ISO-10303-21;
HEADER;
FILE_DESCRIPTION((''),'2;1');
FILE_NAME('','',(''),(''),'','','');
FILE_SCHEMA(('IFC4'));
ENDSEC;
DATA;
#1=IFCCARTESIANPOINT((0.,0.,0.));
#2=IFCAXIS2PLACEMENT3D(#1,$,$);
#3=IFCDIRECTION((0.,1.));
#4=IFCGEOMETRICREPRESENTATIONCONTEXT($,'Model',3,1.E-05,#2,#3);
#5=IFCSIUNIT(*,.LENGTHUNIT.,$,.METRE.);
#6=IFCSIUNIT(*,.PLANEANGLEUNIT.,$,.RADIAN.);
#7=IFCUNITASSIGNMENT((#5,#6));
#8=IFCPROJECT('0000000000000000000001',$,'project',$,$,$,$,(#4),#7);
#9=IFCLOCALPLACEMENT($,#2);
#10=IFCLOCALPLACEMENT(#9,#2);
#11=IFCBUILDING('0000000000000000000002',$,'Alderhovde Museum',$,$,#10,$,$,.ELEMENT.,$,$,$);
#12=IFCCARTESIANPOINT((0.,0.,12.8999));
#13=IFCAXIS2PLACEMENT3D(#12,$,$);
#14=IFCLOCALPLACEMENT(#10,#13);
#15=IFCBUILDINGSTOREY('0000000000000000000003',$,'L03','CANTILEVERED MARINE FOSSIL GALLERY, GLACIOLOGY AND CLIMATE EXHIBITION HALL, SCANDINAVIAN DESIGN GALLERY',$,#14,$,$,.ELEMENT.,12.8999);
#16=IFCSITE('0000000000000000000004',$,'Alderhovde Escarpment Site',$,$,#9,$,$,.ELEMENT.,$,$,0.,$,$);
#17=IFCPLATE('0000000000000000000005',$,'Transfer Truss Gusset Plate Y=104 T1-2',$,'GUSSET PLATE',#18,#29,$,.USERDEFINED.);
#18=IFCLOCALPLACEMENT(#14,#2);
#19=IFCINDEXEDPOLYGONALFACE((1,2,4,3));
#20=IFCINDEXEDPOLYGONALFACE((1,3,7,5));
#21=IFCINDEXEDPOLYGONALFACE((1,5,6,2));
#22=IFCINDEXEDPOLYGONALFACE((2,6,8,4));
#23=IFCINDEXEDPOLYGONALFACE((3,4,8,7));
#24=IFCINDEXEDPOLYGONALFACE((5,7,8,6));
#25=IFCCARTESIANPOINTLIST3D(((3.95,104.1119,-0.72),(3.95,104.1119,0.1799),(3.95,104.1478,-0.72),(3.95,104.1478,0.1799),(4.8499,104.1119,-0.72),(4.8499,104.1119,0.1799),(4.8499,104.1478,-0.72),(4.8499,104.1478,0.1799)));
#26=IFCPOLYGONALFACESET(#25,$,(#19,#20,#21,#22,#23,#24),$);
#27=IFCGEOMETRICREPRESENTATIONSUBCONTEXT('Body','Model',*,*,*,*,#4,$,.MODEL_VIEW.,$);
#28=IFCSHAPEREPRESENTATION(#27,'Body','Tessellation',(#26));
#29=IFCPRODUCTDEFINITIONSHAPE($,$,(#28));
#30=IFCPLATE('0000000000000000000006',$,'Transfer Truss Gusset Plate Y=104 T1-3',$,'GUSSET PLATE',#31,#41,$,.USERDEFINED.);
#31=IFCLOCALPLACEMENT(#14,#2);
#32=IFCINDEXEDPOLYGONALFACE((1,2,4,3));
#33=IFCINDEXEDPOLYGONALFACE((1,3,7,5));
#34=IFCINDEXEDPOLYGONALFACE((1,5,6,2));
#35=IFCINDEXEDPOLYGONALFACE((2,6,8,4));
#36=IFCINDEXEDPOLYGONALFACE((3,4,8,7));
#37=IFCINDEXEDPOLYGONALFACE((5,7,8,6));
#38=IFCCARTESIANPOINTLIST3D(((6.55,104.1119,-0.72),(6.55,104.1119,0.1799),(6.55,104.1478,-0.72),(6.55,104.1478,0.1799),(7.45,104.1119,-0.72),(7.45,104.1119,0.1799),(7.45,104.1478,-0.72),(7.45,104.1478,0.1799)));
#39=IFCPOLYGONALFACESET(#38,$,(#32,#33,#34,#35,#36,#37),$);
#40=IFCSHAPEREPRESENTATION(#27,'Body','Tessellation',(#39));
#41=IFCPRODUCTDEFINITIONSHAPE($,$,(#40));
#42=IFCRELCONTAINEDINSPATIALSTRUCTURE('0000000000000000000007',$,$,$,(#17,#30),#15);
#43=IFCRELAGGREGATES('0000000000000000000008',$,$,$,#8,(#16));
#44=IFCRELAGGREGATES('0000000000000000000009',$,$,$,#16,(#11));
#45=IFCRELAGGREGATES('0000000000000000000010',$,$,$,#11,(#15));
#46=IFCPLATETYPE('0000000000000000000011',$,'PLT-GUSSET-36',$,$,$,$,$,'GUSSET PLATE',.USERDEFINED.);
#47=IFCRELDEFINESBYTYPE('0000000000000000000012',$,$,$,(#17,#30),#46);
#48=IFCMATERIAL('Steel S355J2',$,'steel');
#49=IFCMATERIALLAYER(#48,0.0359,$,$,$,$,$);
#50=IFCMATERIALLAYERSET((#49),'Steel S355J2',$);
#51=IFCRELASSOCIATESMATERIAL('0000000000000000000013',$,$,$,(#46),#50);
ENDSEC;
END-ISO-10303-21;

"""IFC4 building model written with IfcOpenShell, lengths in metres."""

from ifc_helpers import new_model, si_unit, direction, frame, origin, origin_2d, place, context, subcontext, project, spatial, rectangle, extrude, material, layer, layer_set, type_object, element, save


model = new_model("IFC4")

# Units and contexts
model_context = context("Model", 3, precision=1e-05, world=origin(), true_north=direction((0.0, 1.0)))
body_context = subcontext(model_context, "Body", "Model", "MODEL_VIEW")
ifc_project = project(units=[si_unit("LENGTHUNIT", "METRE"), si_unit("PLANEANGLEUNIT", "RADIAN")], contexts=[model_context])

# Site, building, storey
site_placement = place(None, origin())
site = spatial("IfcSite", under=ifc_project, at=site_placement, Name="Alderhovde Escarpment Site", CompositionType="ELEMENT", RefElevation=0.0)
building_placement = place(site_placement, origin())
building = spatial("IfcBuilding", under=site, at=building_placement, Name="Alderhovde Museum", CompositionType="ELEMENT")
storey_placement = place(building_placement, frame((0.0, 0.0, 12.8999)))
storey = spatial("IfcBuildingStorey", under=building, at=storey_placement, Name="L03", Description="CANTILEVERED MARINE FOSSIL GALLERY, GLACIOLOGY AND CLIMATE EXHIBITION HALL, SCANDINAVIAN DESIGN GALLERY", CompositionType="ELEMENT", Elevation=12.8999)

# Plates
ifc_material_1 = material(Name="Steel S355J2", Category="steel")
ifc_layer_1 = layer(ifc_material_1, 0.0359)
ifc_layer_set_1 = layer_set([ifc_layer_1], Name="Steel S355J2")
plate_type_1 = type_object("IfcPlateType", Name="PLT-GUSSET-36", ElementType="GUSSET PLATE", PredefinedType="USERDEFINED", material=ifc_layer_set_1)
for number, where, z_axis, x_axis, name in (
    (1, (4.3999, 104.1299, -0.72), (0.0, 0.0, 1.0), (1.0, 0.0, 0.0), "Transfer Truss Gusset Plate Y=104 T1-2"),
    (2, (7.0, 104.1299, -0.72), (0.0, 0.0, 1.0), (1.0, 0.0, 0.0), "Transfer Truss Gusset Plate Y=104 T1-3"),
):
    element("IfcPlate", number, at=place(storey_placement, frame(where, z_axis=z_axis, x_axis=x_axis)), inside=storey, type_object=plate_type_1, Name=name, ObjectType="GUSSET PLATE", PredefinedType="USERDEFINED", context=body_context, shape_type="SweptSolid", body=[
        extrude(rectangle(XDim=0.8999, YDim=0.0359, at=origin_2d()), origin(), (0.0, 0.0, 1.0), 0.8999),
    ])

save(model, "model.ifc")
